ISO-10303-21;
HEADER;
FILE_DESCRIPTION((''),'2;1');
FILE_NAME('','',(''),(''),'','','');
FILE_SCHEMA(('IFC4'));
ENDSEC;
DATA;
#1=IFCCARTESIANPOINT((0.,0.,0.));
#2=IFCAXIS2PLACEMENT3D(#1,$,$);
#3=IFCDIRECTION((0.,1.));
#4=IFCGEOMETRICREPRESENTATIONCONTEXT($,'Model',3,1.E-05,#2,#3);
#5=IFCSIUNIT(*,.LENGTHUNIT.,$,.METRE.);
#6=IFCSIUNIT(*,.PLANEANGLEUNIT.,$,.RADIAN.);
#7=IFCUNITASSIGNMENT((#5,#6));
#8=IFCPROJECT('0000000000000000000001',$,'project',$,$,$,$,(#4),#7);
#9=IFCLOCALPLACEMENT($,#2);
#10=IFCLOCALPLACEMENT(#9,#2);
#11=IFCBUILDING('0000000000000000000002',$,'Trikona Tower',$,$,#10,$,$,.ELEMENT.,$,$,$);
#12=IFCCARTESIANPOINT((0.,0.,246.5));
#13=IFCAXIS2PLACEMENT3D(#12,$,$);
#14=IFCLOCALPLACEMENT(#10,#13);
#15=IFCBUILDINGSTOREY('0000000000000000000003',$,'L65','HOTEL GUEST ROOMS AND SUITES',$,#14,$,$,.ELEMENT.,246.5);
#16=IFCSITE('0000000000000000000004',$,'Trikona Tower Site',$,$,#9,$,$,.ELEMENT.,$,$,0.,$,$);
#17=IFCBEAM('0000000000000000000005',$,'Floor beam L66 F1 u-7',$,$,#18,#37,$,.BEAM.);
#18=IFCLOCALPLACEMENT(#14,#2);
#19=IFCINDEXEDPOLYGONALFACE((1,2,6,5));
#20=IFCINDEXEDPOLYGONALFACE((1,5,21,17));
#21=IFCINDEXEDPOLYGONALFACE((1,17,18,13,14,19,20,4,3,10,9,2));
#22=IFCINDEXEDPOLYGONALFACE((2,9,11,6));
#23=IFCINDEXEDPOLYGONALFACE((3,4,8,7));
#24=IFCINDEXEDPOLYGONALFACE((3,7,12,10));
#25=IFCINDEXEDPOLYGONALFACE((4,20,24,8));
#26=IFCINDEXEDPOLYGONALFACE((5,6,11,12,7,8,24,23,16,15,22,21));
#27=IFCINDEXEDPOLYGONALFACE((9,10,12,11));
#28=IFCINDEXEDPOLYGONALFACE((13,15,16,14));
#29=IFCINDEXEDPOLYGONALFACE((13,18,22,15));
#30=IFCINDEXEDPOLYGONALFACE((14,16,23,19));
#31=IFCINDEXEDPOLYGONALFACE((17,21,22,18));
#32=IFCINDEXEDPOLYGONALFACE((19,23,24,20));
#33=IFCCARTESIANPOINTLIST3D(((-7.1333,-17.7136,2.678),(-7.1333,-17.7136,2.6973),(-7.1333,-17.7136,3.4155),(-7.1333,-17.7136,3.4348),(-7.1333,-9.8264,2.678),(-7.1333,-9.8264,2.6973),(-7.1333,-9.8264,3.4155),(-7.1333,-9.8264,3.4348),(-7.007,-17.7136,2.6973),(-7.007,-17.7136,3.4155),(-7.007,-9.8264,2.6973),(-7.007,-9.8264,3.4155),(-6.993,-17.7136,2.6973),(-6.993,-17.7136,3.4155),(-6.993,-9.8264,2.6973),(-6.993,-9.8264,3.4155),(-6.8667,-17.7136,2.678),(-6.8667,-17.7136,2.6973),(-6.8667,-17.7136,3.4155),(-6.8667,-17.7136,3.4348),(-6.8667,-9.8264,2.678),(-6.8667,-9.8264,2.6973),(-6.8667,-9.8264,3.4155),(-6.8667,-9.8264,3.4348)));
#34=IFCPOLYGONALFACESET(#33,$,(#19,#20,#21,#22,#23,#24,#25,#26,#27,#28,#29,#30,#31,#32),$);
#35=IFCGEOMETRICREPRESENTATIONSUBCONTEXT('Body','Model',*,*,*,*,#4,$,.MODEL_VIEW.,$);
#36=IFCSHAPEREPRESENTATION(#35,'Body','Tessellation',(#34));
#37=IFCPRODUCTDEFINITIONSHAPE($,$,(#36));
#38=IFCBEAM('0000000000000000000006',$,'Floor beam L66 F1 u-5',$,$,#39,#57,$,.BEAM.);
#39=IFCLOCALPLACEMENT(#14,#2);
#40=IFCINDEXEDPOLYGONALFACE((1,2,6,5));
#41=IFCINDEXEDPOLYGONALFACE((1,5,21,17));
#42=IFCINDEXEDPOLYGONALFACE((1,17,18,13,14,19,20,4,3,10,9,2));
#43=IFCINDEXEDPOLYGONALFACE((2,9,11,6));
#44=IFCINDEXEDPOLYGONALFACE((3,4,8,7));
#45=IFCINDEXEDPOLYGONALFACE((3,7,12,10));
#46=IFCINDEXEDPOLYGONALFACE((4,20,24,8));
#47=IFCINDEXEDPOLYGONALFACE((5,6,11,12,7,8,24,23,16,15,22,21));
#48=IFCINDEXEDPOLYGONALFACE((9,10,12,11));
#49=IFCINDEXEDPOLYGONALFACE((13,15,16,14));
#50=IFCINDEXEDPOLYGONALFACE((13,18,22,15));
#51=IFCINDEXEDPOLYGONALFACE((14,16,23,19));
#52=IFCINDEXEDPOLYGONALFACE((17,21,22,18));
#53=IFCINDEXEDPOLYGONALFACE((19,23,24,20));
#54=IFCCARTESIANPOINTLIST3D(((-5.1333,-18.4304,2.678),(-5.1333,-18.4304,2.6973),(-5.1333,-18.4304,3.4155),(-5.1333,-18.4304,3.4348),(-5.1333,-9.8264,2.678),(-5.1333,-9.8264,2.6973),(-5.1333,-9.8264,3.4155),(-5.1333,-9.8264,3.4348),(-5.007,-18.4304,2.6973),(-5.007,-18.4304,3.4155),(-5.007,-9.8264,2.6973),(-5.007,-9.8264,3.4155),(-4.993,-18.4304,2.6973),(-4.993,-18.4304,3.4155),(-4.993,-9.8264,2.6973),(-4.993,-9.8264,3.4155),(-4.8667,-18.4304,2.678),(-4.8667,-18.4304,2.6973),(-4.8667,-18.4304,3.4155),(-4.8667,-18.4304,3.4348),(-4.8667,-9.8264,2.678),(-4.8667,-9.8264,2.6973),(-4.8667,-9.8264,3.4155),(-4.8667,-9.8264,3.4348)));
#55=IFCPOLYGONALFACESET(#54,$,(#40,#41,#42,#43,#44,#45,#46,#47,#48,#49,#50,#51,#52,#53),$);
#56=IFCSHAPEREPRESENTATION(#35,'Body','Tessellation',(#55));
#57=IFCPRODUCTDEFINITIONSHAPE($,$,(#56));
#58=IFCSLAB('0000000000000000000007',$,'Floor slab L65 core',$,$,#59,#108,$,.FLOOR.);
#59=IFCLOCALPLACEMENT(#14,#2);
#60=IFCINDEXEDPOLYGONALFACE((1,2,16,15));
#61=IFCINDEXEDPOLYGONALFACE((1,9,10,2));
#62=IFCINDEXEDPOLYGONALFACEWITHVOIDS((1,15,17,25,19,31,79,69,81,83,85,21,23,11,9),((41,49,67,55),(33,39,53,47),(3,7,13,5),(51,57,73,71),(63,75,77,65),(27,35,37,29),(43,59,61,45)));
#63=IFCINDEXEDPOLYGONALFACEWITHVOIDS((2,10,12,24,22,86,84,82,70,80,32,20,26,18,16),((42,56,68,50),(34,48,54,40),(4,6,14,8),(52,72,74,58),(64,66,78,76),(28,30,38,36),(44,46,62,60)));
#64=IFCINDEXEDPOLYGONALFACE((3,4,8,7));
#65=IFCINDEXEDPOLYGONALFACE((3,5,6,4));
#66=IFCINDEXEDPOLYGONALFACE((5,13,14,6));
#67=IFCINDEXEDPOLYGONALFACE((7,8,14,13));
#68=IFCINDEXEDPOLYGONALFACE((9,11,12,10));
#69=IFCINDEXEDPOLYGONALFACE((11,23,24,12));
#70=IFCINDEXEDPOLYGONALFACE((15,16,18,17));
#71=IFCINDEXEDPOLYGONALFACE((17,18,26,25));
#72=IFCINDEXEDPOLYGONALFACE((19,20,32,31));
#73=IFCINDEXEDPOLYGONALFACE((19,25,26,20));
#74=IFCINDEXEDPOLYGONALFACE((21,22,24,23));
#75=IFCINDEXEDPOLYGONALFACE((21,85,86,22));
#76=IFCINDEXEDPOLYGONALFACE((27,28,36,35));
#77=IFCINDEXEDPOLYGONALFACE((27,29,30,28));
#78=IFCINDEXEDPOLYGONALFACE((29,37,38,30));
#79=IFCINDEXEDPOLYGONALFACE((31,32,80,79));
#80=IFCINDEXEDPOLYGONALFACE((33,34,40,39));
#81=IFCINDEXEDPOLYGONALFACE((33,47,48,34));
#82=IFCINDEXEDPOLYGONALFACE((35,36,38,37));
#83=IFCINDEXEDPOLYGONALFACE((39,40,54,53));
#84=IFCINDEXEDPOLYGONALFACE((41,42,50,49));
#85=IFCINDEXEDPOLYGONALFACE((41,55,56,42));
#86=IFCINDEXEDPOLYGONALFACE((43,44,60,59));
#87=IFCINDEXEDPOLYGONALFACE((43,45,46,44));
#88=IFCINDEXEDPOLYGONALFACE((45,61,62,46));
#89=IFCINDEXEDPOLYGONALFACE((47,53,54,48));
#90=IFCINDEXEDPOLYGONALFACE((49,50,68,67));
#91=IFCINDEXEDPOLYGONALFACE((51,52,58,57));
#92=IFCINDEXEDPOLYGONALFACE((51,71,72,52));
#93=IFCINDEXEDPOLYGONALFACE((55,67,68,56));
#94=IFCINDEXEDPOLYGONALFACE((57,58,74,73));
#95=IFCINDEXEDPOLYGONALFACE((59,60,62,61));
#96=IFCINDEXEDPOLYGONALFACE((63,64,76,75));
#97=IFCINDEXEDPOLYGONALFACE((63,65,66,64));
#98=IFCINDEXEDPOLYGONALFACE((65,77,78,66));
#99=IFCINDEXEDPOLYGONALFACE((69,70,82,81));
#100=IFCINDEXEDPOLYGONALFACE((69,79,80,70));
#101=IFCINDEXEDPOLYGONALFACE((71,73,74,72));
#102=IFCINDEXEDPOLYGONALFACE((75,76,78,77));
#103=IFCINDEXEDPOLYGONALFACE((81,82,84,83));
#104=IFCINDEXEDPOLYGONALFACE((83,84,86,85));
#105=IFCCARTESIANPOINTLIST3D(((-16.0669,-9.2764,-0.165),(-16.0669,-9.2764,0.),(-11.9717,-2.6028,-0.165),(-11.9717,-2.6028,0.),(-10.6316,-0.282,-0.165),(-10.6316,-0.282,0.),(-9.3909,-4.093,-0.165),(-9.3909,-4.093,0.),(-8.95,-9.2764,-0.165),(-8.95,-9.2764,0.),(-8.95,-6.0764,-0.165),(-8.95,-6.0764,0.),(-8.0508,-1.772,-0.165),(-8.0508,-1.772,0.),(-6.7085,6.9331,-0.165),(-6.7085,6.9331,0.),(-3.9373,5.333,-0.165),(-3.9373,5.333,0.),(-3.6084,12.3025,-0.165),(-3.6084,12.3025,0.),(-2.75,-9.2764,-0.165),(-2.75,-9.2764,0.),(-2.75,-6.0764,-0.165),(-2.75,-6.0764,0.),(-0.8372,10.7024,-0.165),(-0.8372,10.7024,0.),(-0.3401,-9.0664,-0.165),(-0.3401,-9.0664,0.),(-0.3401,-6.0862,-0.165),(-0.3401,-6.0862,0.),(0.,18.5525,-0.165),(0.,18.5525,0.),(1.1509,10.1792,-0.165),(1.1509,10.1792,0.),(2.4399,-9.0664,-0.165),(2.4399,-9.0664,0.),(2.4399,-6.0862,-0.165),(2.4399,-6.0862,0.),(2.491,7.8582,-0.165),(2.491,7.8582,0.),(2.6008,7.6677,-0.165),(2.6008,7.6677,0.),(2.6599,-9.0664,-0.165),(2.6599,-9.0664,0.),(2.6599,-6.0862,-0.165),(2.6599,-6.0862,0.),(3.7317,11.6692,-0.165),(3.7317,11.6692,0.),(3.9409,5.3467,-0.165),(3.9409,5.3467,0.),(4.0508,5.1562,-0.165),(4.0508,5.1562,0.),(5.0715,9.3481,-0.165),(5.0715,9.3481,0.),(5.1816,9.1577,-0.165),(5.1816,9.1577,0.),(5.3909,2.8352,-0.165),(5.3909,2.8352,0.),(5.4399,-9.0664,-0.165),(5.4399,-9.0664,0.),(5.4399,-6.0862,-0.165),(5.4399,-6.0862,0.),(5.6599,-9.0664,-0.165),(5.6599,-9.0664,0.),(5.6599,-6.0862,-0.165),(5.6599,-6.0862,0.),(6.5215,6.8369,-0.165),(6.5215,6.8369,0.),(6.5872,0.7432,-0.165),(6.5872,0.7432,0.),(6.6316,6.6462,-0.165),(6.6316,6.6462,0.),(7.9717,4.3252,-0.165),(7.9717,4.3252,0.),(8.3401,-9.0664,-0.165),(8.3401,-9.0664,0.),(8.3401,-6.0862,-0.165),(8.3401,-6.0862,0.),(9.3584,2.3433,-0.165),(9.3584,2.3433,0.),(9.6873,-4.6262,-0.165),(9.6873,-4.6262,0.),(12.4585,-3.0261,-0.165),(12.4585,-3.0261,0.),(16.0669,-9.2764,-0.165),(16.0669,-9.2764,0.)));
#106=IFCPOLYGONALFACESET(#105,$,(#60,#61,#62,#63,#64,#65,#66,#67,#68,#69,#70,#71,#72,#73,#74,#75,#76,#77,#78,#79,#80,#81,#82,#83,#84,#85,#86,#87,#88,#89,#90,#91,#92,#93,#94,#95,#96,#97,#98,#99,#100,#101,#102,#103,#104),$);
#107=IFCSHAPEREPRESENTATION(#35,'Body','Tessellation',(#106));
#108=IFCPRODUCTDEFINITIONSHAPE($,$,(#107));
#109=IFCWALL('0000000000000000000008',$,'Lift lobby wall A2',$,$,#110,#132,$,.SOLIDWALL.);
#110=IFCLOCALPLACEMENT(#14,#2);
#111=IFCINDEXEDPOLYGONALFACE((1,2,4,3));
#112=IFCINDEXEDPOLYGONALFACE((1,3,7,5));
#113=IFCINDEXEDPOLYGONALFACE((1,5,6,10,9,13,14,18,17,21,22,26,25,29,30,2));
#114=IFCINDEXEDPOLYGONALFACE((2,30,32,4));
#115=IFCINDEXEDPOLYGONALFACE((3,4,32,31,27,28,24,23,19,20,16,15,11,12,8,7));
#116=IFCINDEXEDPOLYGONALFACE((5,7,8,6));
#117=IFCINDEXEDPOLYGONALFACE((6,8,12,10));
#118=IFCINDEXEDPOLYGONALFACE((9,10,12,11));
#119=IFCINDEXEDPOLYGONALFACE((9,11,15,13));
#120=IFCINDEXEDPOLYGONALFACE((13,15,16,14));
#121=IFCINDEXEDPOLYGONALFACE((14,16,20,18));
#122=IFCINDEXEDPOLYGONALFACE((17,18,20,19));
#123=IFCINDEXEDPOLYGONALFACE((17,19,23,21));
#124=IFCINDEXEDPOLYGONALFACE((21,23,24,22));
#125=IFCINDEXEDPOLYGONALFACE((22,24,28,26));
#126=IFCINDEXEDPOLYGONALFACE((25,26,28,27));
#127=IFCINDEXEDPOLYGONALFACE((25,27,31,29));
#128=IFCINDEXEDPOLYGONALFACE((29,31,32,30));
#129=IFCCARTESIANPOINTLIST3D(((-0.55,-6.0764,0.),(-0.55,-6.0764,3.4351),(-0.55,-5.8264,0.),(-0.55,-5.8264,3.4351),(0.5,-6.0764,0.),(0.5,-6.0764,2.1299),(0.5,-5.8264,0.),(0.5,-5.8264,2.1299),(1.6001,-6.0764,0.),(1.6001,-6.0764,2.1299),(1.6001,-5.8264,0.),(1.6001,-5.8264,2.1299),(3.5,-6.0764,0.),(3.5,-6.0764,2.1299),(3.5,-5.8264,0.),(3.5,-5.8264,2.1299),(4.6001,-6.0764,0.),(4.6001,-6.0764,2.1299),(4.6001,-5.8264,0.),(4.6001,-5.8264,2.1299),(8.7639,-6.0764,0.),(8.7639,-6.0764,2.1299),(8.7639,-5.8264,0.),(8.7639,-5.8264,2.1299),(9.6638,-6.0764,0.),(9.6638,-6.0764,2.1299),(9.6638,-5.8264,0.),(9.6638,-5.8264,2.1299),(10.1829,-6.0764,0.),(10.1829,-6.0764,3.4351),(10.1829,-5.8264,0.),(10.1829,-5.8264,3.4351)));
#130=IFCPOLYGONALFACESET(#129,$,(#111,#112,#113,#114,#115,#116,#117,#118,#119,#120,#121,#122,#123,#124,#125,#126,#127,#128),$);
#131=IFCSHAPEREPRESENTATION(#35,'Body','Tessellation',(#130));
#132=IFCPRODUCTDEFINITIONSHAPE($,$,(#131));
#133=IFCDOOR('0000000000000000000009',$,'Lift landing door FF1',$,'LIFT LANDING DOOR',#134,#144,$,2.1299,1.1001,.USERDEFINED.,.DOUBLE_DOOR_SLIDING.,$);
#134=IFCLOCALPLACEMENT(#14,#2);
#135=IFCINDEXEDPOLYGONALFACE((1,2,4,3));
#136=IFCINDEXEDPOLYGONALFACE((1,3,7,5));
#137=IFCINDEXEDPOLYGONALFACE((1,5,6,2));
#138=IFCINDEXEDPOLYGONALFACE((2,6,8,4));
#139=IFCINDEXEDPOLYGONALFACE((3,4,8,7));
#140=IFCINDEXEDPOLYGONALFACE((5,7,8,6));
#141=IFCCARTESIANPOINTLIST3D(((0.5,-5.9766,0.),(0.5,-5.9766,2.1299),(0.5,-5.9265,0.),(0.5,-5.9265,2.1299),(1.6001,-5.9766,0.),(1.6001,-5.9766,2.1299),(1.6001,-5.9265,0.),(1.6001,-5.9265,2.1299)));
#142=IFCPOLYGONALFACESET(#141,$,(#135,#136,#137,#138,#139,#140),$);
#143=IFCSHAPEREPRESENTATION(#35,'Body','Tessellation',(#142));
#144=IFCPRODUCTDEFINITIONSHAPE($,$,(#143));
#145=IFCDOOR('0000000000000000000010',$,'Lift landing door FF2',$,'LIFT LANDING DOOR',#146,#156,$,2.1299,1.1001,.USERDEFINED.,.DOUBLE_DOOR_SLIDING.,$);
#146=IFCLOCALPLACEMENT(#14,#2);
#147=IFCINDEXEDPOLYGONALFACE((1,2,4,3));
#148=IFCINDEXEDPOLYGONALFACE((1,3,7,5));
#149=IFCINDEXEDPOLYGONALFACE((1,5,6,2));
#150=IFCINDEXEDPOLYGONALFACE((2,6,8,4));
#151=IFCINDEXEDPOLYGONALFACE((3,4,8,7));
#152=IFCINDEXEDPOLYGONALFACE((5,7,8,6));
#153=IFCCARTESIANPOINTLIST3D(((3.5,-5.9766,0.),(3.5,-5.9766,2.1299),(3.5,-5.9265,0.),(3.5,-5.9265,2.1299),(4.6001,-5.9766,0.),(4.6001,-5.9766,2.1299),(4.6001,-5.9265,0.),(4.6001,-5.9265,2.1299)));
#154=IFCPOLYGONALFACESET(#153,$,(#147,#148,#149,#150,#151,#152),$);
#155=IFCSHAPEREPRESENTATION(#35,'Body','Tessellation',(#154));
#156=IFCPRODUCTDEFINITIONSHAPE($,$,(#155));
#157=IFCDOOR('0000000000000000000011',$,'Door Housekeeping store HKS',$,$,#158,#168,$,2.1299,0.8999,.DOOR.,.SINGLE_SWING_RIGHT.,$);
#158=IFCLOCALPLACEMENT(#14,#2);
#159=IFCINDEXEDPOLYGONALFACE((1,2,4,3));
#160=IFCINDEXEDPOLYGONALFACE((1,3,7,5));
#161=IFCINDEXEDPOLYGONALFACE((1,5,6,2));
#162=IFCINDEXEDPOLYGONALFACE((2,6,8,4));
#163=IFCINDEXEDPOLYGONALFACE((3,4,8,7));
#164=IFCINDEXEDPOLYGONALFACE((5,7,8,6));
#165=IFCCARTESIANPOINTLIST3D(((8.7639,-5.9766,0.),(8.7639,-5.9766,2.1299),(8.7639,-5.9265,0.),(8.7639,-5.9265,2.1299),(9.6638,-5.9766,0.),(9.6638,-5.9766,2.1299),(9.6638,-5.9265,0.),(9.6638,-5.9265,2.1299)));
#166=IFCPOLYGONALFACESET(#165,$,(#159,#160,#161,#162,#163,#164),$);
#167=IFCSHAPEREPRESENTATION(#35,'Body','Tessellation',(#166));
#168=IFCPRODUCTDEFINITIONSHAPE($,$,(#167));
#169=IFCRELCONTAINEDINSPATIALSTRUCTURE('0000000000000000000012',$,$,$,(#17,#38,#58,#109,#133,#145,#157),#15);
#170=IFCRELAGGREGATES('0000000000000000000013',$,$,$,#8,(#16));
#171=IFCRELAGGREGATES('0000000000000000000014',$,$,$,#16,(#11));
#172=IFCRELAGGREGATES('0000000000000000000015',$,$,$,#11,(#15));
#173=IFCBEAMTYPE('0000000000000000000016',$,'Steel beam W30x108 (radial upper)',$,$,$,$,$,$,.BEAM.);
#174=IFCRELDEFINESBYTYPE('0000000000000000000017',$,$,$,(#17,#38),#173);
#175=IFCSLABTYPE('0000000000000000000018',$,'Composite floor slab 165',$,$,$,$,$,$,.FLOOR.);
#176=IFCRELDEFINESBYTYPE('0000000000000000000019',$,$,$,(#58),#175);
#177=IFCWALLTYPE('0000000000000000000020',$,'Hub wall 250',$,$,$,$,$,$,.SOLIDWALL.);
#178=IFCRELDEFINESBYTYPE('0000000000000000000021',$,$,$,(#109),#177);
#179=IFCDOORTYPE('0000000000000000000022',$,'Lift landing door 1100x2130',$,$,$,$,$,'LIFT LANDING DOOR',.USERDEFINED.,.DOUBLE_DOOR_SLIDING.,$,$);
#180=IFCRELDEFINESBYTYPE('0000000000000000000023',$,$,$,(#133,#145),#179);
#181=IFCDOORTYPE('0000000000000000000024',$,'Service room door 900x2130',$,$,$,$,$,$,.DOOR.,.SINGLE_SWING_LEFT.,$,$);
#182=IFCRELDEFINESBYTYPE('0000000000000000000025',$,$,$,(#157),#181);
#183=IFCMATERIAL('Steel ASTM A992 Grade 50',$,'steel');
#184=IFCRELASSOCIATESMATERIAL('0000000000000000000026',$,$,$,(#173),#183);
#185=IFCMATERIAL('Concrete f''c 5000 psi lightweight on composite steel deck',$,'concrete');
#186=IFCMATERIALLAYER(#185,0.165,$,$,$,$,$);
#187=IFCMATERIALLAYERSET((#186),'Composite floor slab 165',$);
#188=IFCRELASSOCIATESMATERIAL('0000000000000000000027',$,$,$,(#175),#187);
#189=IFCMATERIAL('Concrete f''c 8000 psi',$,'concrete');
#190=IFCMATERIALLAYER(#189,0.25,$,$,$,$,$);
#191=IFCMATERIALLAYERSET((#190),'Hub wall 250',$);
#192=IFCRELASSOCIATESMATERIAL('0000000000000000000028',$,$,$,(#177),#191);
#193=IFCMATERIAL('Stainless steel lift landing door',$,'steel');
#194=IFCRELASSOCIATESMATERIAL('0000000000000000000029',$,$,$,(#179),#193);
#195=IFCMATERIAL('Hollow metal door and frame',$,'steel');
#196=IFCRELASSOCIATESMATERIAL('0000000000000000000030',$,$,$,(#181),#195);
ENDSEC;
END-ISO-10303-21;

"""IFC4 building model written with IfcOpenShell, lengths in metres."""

from ifc_helpers import new_model, si_unit, direction, frame, frame_2d, origin, origin_2d, place, context, subcontext, project, spatial, polyline, rectangle, i_section, outline, extrude, material, layer, layer_set, material_profile, profile_set, type_object, element, fill, save


model = new_model("IFC4")

# Units and contexts
model_context = context("Model", 3, precision=1e-05, world=origin(), true_north=direction((0.0, 1.0)))
body_context = subcontext(model_context, "Body", "Model", "MODEL_VIEW")
ifc_project = project(units=[si_unit("LENGTHUNIT", "METRE"), si_unit("PLANEANGLEUNIT", "RADIAN")], contexts=[model_context])

# Site, building, storey
site_placement = place(None, origin())
site = spatial("IfcSite", under=ifc_project, at=site_placement, Name="Trikona Tower Site", CompositionType="ELEMENT", RefElevation=0.0)
building_placement = place(site_placement, origin())
building = spatial("IfcBuilding", under=site, at=building_placement, Name="Trikona Tower", CompositionType="ELEMENT")
storey_placement = place(building_placement, frame((0.0, 0.0, 246.5)))
storey = spatial("IfcBuildingStorey", under=building, at=storey_placement, Name="L65", Description="HOTEL GUEST ROOMS AND SUITES", CompositionType="ELEMENT", Elevation=246.5)

# Beams
ifc_material_1 = material(Name="Steel ASTM A992 Grade 50", Category="steel")
ifc_material_profile = material_profile(ifc_material_1, i_section(OverallWidth=0.2666, OverallDepth=0.7568, WebThickness=0.0139, FlangeThickness=0.0193, at=origin_2d()), Name="W30X108")
ifc_profile_set = profile_set([ifc_material_profile], Name="Steel ASTM A992 Grade 50")
beam_type = type_object("IfcBeamType", Name="Steel beam W30x108 (radial upper)", PredefinedType="BEAM", material=ifc_profile_set)
beam_1_placement = place(storey_placement, frame((-7.0, -9.8264, 3.0564), z_axis=(0.0, -1.0, 0.0), x_axis=(1.0, 0.0, 0.0)))
element("IfcBeam", 1, at=beam_1_placement, inside=storey, type_object=beam_type, Name="Floor beam L66 F1 u-7", PredefinedType="BEAM", context=body_context, shape_type="SweptSolid", body=[
    extrude(i_section(OverallWidth=0.2666, OverallDepth=0.7568, WebThickness=0.0139, FlangeThickness=0.0193, at=origin_2d()), origin(), (0.0, 0.0, 1.0), 7.8872),
])
beam_2_placement = place(storey_placement, frame((-5.0, -9.8264, 3.0564), z_axis=(0.0, -1.0, 0.0), x_axis=(1.0, 0.0, 0.0)))
element("IfcBeam", 2, at=beam_2_placement, inside=storey, type_object=beam_type, Name="Floor beam L66 F1 u-5", PredefinedType="BEAM", context=body_context, shape_type="SweptSolid", body=[
    extrude(i_section(OverallWidth=0.2666, OverallDepth=0.7568, WebThickness=0.0139, FlangeThickness=0.0193, at=origin_2d()), origin(), (0.0, 0.0, 1.0), 8.604),
])

# Slab
ifc_material_2 = material(Name="Concrete f'c 5000 psi lightweight on composite steel deck", Category="concrete")
ifc_layer_1 = layer(ifc_material_2, 0.165)
ifc_layer_set_1 = layer_set([ifc_layer_1], Name="Composite floor slab 165")
slab_type = type_object("IfcSlabType", Name="Composite floor slab 165", PredefinedType="FLOOR", material=ifc_layer_set_1)
slab_placement = place(storey_placement, frame((0.0, 0.0, -0.165)))
element("IfcSlab", 3, at=slab_placement, inside=storey, type_object=slab_type, Name="Floor slab L65 core", PredefinedType="FLOOR", context=body_context, shape_type="SweptSolid", body=[
    extrude(outline(polyline([(-16.0669, -9.2764), (-8.95, -9.2764), (-8.95, -6.0764), (-2.75, -6.0764), (-2.75, -9.2764), (16.0669, -9.2764), (12.4585, -3.0261), (9.6873, -4.6262), (6.5872, 0.7432), (9.3584, 2.3433), (0.0, 18.5525), (-3.6084, 12.3025), (-0.8372, 10.7024), (-3.9373, 5.333), (-6.7085, 6.9331), (-16.0669, -9.2764)]), holes=[polyline([(5.6599, -6.0862), (5.6599, -9.0664), (8.3401, -9.0664), (8.3401, -6.0862), (5.6599, -6.0862)]), polyline([(6.6316, 6.6462), (4.0508, 5.1562), (5.3909, 2.8352), (7.9717, 4.3252), (6.6316, 6.6462)]), polyline([(6.5215, 6.8369), (5.1816, 9.1577), (2.6008, 7.6677), (3.9409, 5.3467), (6.5215, 6.8369)]), polyline([(2.6599, -9.0664), (5.4399, -9.0664), (5.4399, -6.0862), (2.6599, -6.0862), (2.6599, -9.0664)]), polyline([(2.491, 7.8582), (5.0715, 9.3481), (3.7317, 11.6692), (1.1509, 10.1792), (2.491, 7.8582)]), polyline([(2.4399, -9.0664), (2.4399, -6.0862), (-0.3401, -6.0862), (-0.3401, -9.0664), (2.4399, -9.0664)]), polyline([(-11.9717, -2.6028), (-9.3909, -4.093), (-8.0508, -1.772), (-10.6316, -0.282), (-11.9717, -2.6028)])]), origin(), (0.0, 0.0, 1.0), 0.165),
])

# Wall, openings, doors
ifc_material_3 = material(Name="Concrete f'c 8000 psi", Category="concrete")
ifc_layer_2 = layer(ifc_material_3, 0.25)
ifc_layer_set_2 = layer_set([ifc_layer_2], Name="Hub wall 250")
wall_type_1 = type_object("IfcWallType", Name="Hub wall 250", PredefinedType="SOLIDWALL", material=ifc_layer_set_2)
wall_1_placement = place(storey_placement, frame((-0.55, -5.9514, 0.0), z_axis=(0.0, 0.0, 1.0), x_axis=(1.0, 0.0, 0.0)))
wall_1 = element("IfcWall", 4, at=wall_1_placement, inside=storey, type_object=wall_type_1, Name="Lift lobby wall A2", PredefinedType="SOLIDWALL", context=body_context, shape_type="SweptSolid", body=[
    extrude(rectangle(XDim=10.7329, YDim=0.25, at=frame_2d((5.3665, 0.0))), origin(), (0.0, 0.0, 1.0), 3.4351),
])
opening_1_placement = place(wall_1_placement, frame((9.314, 0.0, 0.0)))
opening_1 = element("IfcOpeningElement", 5, at=opening_1_placement, cuts=wall_1, PredefinedType="OPENING", context=body_context, shape_type="SweptSolid", body=[
    extrude(rectangle(XDim=0.8999, YDim=2.1299, at=frame_2d((0.45, 1.0649))), frame((0.0, 0.135, 0.0), z_axis=(0.0, -1.0, 0.0), x_axis=(1.0, 0.0, 0.0)), (0.0, 0.0, 1.0), 0.27),
])
opening_2_placement = place(wall_1_placement, frame((1.05, 0.0, 0.0)))
opening_2 = element("IfcOpeningElement", 6, at=opening_2_placement, cuts=wall_1, PredefinedType="OPENING", context=body_context, shape_type="SweptSolid", body=[
    extrude(rectangle(XDim=1.1001, YDim=2.1299, at=frame_2d((0.55, 1.0649))), frame((0.0, 0.135, 0.0), z_axis=(0.0, -1.0, 0.0), x_axis=(1.0, 0.0, 0.0)), (0.0, 0.0, 1.0), 0.27),
])
opening_3_placement = place(wall_1_placement, frame((4.05, 0.0, 0.0)))
opening_3 = element("IfcOpeningElement", 7, at=opening_3_placement, cuts=wall_1, PredefinedType="OPENING", context=body_context, shape_type="SweptSolid", body=[
    extrude(rectangle(XDim=1.1001, YDim=2.1299, at=frame_2d((0.55, 1.0649))), frame((0.0, 0.135, 0.0), z_axis=(0.0, -1.0, 0.0), x_axis=(1.0, 0.0, 0.0)), (0.0, 0.0, 1.0), 0.27),
])
ifc_material_4 = material(Name="Stainless steel lift landing door", Category="steel")
door_type_1 = type_object("IfcDoorType", Name="Lift landing door 1100x2130", ElementType="LIFT LANDING DOOR", OperationType="DOUBLE_DOOR_SLIDING", PredefinedType="USERDEFINED", material=ifc_material_4)
door_1_placement = place(opening_2_placement, origin())
door_1 = element("IfcDoor", 8, at=door_1_placement, inside=storey, type_object=door_type_1, Name="Lift landing door FF1", ObjectType="LIFT LANDING DOOR", OperationType="DOUBLE_DOOR_SLIDING", OverallHeight=2.1299, OverallWidth=1.1001, PredefinedType="USERDEFINED", context=body_context, shape_type="SweptSolid", body=[
    extrude(rectangle(XDim=1.1001, YDim=2.1299, at=frame_2d((0.55, 1.0649))), frame((0.0, 0.0249, 0.0), z_axis=(0.0, -1.0, 0.0), x_axis=(1.0, 0.0, 0.0)), (0.0, 0.0, 1.0), 0.05),
])
fill(opening_2, door_1)
door_2_placement = place(opening_3_placement, origin())
door_2 = element("IfcDoor", 9, at=door_2_placement, inside=storey, type_object=door_type_1, Name="Lift landing door FF2", ObjectType="LIFT LANDING DOOR", OperationType="DOUBLE_DOOR_SLIDING", OverallHeight=2.1299, OverallWidth=1.1001, PredefinedType="USERDEFINED", context=body_context, shape_type="SweptSolid", body=[
    extrude(rectangle(XDim=1.1001, YDim=2.1299, at=frame_2d((0.55, 1.0649))), frame((0.0, 0.0249, 0.0), z_axis=(0.0, -1.0, 0.0), x_axis=(1.0, 0.0, 0.0)), (0.0, 0.0, 1.0), 0.05),
])
fill(opening_3, door_2)
ifc_material_5 = material(Name="Hollow metal door and frame", Category="steel")
door_type_2 = type_object("IfcDoorType", Name="Service room door 900x2130", OperationType="SINGLE_SWING_LEFT", PredefinedType="DOOR", material=ifc_material_5)
door_3_placement = place(opening_1_placement, origin())
door_3 = element("IfcDoor", 10, at=door_3_placement, inside=storey, type_object=door_type_2, Name="Door Housekeeping store HKS", OperationType="SINGLE_SWING_RIGHT", OverallHeight=2.1299, OverallWidth=0.8999, PredefinedType="DOOR", context=body_context, shape_type="SweptSolid", body=[
    extrude(rectangle(XDim=0.8999, YDim=2.1299, at=frame_2d((0.45, 1.0649))), frame((0.0, 0.0249, 0.0), z_axis=(0.0, -1.0, 0.0), x_axis=(1.0, 0.0, 0.0)), (0.0, 0.0, 1.0), 0.05),
])
fill(opening_1, door_3)

save(model, "model.ifc")
